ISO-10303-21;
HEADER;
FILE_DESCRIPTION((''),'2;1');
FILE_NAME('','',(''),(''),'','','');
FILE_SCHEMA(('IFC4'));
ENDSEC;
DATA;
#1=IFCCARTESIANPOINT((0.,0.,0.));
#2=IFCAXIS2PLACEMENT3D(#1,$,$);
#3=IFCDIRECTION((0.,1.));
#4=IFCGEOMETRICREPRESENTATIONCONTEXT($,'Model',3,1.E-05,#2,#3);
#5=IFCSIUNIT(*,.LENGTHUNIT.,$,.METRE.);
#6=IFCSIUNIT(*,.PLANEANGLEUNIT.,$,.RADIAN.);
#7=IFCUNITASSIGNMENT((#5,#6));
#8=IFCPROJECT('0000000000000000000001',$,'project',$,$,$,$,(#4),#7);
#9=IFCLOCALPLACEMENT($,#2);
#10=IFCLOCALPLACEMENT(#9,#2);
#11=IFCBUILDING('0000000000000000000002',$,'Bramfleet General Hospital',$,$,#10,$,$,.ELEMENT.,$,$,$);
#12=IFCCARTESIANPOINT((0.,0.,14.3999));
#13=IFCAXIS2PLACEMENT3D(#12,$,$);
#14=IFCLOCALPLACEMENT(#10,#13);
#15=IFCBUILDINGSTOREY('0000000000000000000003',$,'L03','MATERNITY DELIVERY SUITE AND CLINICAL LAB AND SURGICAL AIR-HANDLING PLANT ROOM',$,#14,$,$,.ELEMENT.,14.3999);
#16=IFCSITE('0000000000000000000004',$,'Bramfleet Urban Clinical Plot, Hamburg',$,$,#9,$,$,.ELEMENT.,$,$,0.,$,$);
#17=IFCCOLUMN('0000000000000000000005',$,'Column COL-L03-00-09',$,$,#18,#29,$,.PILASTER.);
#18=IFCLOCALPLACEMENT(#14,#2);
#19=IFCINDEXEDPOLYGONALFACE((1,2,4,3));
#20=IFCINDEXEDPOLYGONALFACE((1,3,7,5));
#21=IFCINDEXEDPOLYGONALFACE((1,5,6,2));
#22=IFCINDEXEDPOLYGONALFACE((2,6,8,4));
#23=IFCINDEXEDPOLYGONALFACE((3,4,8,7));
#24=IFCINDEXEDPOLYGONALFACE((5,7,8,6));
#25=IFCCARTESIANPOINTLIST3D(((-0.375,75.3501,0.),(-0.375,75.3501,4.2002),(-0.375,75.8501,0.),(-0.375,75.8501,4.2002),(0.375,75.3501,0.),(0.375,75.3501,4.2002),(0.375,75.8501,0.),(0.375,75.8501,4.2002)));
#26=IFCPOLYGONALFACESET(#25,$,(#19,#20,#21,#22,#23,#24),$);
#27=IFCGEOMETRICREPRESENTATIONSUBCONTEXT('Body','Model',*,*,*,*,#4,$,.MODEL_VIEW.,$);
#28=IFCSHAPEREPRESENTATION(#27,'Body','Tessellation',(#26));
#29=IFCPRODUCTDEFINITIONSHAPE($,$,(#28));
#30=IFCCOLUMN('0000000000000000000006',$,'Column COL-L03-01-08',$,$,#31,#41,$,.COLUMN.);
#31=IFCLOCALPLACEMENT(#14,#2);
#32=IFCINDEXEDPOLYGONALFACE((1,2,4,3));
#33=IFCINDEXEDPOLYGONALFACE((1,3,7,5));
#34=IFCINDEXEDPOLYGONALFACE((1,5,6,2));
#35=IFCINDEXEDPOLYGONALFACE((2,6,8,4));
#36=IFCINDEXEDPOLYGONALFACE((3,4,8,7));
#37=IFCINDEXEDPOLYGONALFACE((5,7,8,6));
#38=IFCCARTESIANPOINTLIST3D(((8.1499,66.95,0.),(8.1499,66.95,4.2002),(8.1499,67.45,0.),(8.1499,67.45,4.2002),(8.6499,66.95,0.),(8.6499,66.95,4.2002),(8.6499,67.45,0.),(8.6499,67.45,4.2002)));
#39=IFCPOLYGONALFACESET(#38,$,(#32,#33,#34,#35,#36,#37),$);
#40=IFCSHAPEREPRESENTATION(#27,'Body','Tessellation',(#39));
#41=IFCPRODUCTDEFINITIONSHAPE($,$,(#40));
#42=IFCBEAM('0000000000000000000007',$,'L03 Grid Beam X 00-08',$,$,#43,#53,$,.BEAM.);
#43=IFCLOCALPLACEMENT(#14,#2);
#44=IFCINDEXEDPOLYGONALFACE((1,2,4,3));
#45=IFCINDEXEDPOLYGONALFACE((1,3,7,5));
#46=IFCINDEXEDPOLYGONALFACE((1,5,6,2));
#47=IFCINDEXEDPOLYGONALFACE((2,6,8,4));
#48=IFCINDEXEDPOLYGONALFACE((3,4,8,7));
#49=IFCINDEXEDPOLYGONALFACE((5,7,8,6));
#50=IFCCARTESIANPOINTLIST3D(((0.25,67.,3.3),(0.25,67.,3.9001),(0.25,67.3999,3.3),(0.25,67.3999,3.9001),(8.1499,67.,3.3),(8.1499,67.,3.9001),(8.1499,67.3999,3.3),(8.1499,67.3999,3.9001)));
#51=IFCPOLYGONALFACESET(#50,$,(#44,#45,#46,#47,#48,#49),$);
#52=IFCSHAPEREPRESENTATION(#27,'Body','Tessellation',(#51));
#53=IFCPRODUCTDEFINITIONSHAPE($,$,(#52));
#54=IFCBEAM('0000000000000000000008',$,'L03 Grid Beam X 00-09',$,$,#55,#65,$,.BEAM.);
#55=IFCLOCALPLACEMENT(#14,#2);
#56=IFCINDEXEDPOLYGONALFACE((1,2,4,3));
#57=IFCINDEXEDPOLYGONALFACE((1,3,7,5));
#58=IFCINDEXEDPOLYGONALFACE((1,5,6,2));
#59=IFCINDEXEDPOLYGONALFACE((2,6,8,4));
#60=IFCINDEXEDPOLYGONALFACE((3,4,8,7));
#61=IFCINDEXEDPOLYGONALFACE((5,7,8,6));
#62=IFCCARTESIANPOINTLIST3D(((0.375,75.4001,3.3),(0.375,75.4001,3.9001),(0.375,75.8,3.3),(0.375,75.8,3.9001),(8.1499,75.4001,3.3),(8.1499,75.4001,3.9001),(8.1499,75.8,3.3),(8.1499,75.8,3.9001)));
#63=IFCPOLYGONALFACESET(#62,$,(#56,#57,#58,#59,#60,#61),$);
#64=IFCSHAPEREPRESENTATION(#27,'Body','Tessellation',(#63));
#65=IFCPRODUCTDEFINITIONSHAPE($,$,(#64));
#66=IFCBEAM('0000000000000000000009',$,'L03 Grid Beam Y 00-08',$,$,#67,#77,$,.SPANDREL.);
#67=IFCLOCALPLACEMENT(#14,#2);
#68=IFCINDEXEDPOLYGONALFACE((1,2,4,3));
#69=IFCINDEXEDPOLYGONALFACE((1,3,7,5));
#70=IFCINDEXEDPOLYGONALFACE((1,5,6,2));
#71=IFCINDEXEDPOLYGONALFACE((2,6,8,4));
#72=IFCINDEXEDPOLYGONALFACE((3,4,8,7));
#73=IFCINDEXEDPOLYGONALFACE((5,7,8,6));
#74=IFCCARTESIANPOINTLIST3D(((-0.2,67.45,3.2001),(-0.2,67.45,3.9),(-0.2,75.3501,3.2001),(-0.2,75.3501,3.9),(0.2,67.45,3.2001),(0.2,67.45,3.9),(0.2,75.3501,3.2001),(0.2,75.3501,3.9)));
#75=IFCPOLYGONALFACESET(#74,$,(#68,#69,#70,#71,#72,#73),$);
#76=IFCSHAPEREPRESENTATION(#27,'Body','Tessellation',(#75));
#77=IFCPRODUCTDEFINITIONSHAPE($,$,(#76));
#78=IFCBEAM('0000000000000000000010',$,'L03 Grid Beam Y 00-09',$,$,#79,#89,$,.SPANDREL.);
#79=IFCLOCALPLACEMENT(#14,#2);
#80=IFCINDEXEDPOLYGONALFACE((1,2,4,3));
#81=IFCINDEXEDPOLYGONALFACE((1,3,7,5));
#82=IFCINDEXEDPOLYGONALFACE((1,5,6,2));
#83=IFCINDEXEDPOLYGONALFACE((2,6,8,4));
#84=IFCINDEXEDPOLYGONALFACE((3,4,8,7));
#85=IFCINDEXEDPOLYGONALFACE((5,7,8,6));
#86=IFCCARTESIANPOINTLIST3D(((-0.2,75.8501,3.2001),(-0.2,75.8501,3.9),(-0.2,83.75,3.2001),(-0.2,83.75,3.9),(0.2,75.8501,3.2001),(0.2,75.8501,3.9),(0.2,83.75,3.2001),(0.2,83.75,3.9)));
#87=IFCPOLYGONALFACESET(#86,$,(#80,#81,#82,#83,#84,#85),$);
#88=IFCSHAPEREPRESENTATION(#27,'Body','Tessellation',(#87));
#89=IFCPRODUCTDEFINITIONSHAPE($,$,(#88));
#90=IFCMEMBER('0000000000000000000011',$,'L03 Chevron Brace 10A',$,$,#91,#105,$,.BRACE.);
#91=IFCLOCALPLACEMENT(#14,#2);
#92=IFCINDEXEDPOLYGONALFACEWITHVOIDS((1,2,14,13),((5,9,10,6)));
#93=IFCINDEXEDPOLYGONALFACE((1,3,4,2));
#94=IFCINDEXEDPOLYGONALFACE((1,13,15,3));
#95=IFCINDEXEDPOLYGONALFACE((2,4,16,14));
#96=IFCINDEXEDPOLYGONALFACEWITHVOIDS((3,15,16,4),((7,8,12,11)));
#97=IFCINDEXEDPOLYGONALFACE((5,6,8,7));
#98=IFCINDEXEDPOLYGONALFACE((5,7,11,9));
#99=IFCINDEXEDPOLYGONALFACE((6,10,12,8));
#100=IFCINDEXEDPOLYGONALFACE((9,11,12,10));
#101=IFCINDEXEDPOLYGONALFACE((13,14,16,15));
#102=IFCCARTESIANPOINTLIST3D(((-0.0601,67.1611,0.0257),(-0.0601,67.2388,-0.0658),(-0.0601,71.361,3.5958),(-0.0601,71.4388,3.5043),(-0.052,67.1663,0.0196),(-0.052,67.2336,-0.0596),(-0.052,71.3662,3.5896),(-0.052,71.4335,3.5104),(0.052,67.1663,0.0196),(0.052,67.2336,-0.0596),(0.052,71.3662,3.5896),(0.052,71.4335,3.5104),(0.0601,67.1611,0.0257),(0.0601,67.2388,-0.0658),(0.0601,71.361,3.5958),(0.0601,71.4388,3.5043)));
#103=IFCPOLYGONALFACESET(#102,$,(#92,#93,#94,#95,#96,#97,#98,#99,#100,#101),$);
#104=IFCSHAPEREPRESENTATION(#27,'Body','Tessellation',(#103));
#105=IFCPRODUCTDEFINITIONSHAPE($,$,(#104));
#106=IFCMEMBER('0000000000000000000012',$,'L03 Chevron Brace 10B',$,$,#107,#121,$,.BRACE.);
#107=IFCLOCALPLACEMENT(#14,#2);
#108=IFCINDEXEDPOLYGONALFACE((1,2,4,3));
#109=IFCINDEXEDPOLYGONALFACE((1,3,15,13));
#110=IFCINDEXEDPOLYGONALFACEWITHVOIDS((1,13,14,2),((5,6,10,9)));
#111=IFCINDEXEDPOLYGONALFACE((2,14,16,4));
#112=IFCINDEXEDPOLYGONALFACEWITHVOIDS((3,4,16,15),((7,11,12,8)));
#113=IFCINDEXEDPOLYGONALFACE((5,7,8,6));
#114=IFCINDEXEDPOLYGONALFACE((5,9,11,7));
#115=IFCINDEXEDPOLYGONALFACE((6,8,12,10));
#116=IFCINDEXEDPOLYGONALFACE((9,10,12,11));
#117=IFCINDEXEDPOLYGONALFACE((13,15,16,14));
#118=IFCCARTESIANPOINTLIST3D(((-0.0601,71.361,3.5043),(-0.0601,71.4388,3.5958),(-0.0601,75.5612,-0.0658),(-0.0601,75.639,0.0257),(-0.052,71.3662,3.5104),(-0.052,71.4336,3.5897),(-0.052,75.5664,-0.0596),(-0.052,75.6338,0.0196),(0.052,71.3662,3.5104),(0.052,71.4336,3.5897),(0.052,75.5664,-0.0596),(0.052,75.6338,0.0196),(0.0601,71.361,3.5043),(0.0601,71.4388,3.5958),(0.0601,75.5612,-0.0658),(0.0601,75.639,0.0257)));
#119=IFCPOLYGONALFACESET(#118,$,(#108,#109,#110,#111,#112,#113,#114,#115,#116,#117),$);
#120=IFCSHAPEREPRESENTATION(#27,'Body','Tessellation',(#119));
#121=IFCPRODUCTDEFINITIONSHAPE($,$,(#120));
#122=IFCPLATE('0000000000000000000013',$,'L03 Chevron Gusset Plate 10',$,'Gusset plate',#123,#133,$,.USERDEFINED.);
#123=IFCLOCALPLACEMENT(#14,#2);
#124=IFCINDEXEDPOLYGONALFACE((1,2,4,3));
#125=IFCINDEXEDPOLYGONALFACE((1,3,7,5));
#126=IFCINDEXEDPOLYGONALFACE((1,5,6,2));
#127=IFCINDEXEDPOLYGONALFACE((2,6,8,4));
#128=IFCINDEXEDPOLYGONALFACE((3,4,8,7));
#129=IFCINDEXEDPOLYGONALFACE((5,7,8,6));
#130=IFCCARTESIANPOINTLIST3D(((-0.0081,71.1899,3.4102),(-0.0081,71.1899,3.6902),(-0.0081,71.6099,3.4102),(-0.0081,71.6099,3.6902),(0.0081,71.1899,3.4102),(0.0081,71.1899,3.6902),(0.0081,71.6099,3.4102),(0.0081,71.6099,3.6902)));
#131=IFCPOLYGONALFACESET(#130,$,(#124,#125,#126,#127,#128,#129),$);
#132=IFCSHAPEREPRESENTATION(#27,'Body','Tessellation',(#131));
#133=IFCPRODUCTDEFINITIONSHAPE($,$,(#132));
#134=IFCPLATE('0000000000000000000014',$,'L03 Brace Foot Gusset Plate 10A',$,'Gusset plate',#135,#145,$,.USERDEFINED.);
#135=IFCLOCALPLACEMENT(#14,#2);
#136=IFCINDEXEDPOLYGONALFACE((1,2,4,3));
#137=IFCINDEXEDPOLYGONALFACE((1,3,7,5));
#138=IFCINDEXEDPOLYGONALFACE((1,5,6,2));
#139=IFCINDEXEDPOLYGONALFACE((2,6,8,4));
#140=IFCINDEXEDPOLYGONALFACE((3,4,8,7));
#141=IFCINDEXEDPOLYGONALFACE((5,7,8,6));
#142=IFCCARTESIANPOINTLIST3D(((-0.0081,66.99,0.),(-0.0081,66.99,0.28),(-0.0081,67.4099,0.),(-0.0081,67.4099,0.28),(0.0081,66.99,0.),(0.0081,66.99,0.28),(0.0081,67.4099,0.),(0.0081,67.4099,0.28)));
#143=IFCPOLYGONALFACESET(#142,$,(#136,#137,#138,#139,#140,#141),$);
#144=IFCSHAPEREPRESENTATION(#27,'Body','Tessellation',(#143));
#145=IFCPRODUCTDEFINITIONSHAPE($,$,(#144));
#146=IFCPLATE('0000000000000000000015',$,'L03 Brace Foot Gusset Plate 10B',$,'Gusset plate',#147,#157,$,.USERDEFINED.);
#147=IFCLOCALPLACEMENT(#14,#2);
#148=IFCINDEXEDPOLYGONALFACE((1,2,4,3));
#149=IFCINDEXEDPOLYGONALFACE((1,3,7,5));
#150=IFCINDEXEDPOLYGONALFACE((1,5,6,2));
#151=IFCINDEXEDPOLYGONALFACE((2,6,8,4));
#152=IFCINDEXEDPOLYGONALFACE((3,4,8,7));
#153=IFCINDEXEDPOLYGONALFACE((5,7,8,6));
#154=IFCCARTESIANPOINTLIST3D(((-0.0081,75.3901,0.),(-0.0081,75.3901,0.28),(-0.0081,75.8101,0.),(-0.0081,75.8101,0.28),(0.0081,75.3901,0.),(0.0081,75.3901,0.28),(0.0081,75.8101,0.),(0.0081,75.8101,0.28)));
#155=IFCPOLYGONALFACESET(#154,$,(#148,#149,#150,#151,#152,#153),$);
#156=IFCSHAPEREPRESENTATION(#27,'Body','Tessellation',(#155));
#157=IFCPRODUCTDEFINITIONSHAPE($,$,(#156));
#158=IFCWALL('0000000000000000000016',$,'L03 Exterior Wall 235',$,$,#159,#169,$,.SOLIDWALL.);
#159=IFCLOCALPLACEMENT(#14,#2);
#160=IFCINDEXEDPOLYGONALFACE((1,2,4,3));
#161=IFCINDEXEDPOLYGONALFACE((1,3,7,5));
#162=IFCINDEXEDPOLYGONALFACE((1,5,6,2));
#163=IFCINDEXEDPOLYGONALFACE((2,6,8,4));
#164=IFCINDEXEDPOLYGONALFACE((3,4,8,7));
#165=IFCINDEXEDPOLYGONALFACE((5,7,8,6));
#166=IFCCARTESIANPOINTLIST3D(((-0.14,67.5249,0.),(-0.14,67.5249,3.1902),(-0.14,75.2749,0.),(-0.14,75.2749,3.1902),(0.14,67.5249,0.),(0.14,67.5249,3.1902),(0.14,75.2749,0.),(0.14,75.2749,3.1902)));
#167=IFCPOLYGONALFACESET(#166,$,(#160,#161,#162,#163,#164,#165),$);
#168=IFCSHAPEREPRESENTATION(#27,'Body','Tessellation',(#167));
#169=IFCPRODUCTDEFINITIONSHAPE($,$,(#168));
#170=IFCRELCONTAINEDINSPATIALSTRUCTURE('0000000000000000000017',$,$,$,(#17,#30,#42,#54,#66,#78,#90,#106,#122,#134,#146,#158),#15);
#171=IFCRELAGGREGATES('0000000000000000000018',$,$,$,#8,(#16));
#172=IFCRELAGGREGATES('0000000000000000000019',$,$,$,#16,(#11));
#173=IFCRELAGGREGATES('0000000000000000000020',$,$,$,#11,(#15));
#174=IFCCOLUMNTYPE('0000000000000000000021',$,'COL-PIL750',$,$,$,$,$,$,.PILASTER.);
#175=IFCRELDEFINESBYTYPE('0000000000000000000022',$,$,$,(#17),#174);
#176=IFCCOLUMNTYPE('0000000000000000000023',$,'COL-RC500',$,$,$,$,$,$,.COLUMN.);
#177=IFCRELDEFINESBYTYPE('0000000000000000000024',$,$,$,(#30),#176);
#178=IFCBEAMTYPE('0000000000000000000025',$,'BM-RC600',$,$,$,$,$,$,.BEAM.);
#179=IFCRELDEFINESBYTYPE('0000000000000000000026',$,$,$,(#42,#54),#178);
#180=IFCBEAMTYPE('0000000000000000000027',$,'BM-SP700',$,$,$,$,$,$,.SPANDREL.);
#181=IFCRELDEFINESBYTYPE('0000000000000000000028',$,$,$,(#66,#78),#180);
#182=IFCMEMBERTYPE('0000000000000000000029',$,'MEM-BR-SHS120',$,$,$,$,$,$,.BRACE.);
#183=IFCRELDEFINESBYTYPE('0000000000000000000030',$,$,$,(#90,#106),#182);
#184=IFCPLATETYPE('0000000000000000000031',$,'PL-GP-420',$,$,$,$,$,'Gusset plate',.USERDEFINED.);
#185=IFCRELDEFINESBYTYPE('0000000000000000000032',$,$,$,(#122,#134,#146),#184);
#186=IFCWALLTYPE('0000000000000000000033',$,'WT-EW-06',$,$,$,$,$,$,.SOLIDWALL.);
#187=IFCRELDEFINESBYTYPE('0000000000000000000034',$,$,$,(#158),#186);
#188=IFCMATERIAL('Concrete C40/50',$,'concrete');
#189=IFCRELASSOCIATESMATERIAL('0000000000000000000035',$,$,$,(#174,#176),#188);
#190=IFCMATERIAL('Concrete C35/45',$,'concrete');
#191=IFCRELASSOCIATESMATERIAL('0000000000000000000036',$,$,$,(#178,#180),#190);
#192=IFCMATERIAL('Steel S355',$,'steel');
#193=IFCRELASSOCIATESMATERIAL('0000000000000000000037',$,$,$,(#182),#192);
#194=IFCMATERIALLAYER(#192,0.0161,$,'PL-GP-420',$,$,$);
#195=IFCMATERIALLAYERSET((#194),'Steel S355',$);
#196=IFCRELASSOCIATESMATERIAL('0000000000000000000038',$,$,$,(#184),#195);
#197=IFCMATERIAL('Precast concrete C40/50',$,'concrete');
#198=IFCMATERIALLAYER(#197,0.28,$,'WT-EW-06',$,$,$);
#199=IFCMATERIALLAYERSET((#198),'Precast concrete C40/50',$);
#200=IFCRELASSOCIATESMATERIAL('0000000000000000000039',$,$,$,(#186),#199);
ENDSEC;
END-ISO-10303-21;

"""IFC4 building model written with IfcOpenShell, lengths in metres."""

from ifc_helpers import new_model, si_unit, direction, frame, frame_2d, origin, origin_2d, place, context, subcontext, project, spatial, rectangle, hollow_rectangle, extrude, material, layer, layer_set, material_profile, profile_set, type_object, element, save


model = new_model("IFC4")

# Units and contexts
model_context = context("Model", 3, precision=1e-05, world=origin(), true_north=direction((0.0, 1.0)))
body_context = subcontext(model_context, "Body", "Model", "MODEL_VIEW")
ifc_project = project(units=[si_unit("LENGTHUNIT", "METRE"), si_unit("PLANEANGLEUNIT", "RADIAN")], contexts=[model_context])

# Site, building, storey
site_placement = place(None, origin())
site = spatial("IfcSite", under=ifc_project, at=site_placement, Name="Bramfleet Urban Clinical Plot, Hamburg", CompositionType="ELEMENT", RefElevation=0.0)
building_placement = place(site_placement, origin())
building = spatial("IfcBuilding", under=site, at=building_placement, Name="Bramfleet General Hospital", CompositionType="ELEMENT")
storey_placement = place(building_placement, frame((0.0, 0.0, 14.3999)))
storey = spatial("IfcBuildingStorey", under=building, at=storey_placement, Name="L03", Description="MATERNITY DELIVERY SUITE AND CLINICAL LAB AND SURGICAL AIR-HANDLING PLANT ROOM", CompositionType="ELEMENT", Elevation=14.3999)

# Columns
ifc_material_1 = material(Name="Concrete C40/50", Category="concrete")
ifc_material_profile_1 = material_profile(ifc_material_1, rectangle(XDim=0.5, YDim=0.75, at=origin_2d()), Name="RC PIL 750x500")
ifc_profile_set_1 = profile_set([ifc_material_profile_1], Name="Concrete C40/50")
column_type_1 = type_object("IfcColumnType", Name="COL-PIL750", PredefinedType="PILASTER", material=ifc_profile_set_1)
column_1_placement = place(storey_placement, frame((0.0, 75.6001, 0.0), z_axis=(0.0, 0.0, 1.0), x_axis=(0.0, 1.0, 0.0)))
element("IfcColumn", 1, at=column_1_placement, inside=storey, type_object=column_type_1, Name="Column COL-L03-00-09", PredefinedType="PILASTER", context=body_context, shape_type="SweptSolid", body=[
    extrude(rectangle(XDim=0.5, YDim=0.75, at=origin_2d()), origin(), (0.0, 0.0, 1.0), 4.2002),
])
ifc_material_profile_2 = material_profile(ifc_material_1, rectangle(XDim=0.5, YDim=0.5, at=origin_2d()), Name="RC COL 500x500")
ifc_profile_set_2 = profile_set([ifc_material_profile_2], Name="Concrete C40/50")
column_type_2 = type_object("IfcColumnType", Name="COL-RC500", PredefinedType="COLUMN", material=ifc_profile_set_2)
column_2_placement = place(storey_placement, frame((8.3999, 67.2, 0.0), z_axis=(0.0, 0.0, 1.0), x_axis=(1.0, 0.0, 0.0)))
element("IfcColumn", 2, at=column_2_placement, inside=storey, type_object=column_type_2, Name="Column COL-L03-01-08", PredefinedType="COLUMN", context=body_context, shape_type="SweptSolid", body=[
    extrude(rectangle(XDim=0.5, YDim=0.5, at=origin_2d()), origin(), (0.0, 0.0, 1.0), 4.2002),
])

# Beams
ifc_material_2 = material(Name="Concrete C35/45", Category="concrete")
ifc_material_profile_3 = material_profile(ifc_material_2, rectangle(XDim=0.3999, YDim=0.6001, at=origin_2d()), Name="RC BM 600x400")
ifc_profile_set_3 = profile_set([ifc_material_profile_3], Name="Concrete C35/45")
beam_type_1 = type_object("IfcBeamType", Name="BM-RC600", PredefinedType="BEAM", material=ifc_profile_set_3)
beam_1_placement = place(storey_placement, frame((0.25, 67.2, 3.6001), z_axis=(1.0, 0.0, 0.0), x_axis=(0.0, 1.0, 0.0)))
element("IfcBeam", 3, at=beam_1_placement, inside=storey, type_object=beam_type_1, Name="L03 Grid Beam X 00-08", PredefinedType="BEAM", context=body_context, shape_type="SweptSolid", body=[
    extrude(rectangle(XDim=0.3999, YDim=0.6001, at=origin_2d()), origin(), (0.0, 0.0, 1.0), 7.8999),
])
beam_2_placement = place(storey_placement, frame((0.375, 75.6001, 3.6001), z_axis=(1.0, 0.0, 0.0), x_axis=(0.0, 1.0, 0.0)))
element("IfcBeam", 4, at=beam_2_placement, inside=storey, type_object=beam_type_1, Name="L03 Grid Beam X 00-09", PredefinedType="BEAM", context=body_context, shape_type="SweptSolid", body=[
    extrude(rectangle(XDim=0.3999, YDim=0.6001, at=origin_2d()), origin(), (0.0, 0.0, 1.0), 7.7749),
])
ifc_material_profile_4 = material_profile(ifc_material_2, rectangle(XDim=0.3999, YDim=0.7, at=origin_2d()), Name="RC SP 700x400")
ifc_profile_set_4 = profile_set([ifc_material_profile_4], Name="Concrete C35/45")
beam_type_2 = type_object("IfcBeamType", Name="BM-SP700", PredefinedType="SPANDREL", material=ifc_profile_set_4)
beam_3_placement = place(storey_placement, frame((0.0, 67.45, 3.55), z_axis=(0.0, 1.0, 0.0), x_axis=(-1.0, 0.0, 0.0)))
element("IfcBeam", 5, at=beam_3_placement, inside=storey, type_object=beam_type_2, Name="L03 Grid Beam Y 00-08", PredefinedType="SPANDREL", context=body_context, shape_type="SweptSolid", body=[
    extrude(rectangle(XDim=0.3999, YDim=0.7, at=origin_2d()), origin(), (0.0, 0.0, 1.0), 7.9001),
])
beam_4_placement = place(storey_placement, frame((0.0, 75.8501, 3.55), z_axis=(0.0, 1.0, 0.0), x_axis=(-1.0, 0.0, 0.0)))
element("IfcBeam", 6, at=beam_4_placement, inside=storey, type_object=beam_type_2, Name="L03 Grid Beam Y 00-09", PredefinedType="SPANDREL", context=body_context, shape_type="SweptSolid", body=[
    extrude(rectangle(XDim=0.3999, YDim=0.7, at=origin_2d()), origin(), (0.0, 0.0, 1.0), 7.8999),
])

# Members
ifc_material_3 = material(Name="Steel S355", Category="steel")
ifc_material_profile_5 = material_profile(ifc_material_3, hollow_rectangle(XDim=0.1201, YDim=0.1201, WallThickness=0.0081, at=origin_2d()), Name="SHS 120x120x8.0")
ifc_profile_set_5 = profile_set([ifc_material_profile_5], Name="Steel S355")
member_type = type_object("IfcMemberType", Name="MEM-BR-SHS120", PredefinedType="BRACE", material=ifc_profile_set_5)
member_1_placement = place(storey_placement, frame((0.0, 67.2, -0.02), z_axis=(0.0, 0.761929, 0.64766), x_axis=(-1.0, 0.0, 0.0)))
element("IfcMember", 7, at=member_1_placement, inside=storey, type_object=member_type, Name="L03 Chevron Brace 10A", PredefinedType="BRACE", context=body_context, shape_type="SweptSolid", body=[
    extrude(hollow_rectangle(XDim=0.1201, YDim=0.1201, WallThickness=0.0081, at=origin_2d()), origin(), (0.0, 0.0, 1.0), 5.5122),
])
member_2_placement = place(storey_placement, frame((0.0, 75.6001, -0.02), z_axis=(0.0, -0.761948, 0.647638), x_axis=(1.0, 0.0, 0.0)))
element("IfcMember", 8, at=member_2_placement, inside=storey, type_object=member_type, Name="L03 Chevron Brace 10B", PredefinedType="BRACE", context=body_context, shape_type="SweptSolid", body=[
    extrude(hollow_rectangle(XDim=0.1201, YDim=0.1201, WallThickness=0.0081, at=origin_2d()), origin(), (0.0, 0.0, 1.0), 5.5125),
])

# Plates
ifc_layer_1 = layer(ifc_material_3, 0.0161, Name="PL-GP-420")
ifc_layer_set_1 = layer_set([ifc_layer_1], Name="Steel S355")
plate_type = type_object("IfcPlateType", Name="PL-GP-420", ElementType="Gusset plate", PredefinedType="USERDEFINED", material=ifc_layer_set_1)
for number, where, z_axis, x_axis, name in (
    (9, (0.0, 71.3999, 3.4102), (0.0, 0.0, 1.0), (1.0, 0.0, 0.0), "L03 Chevron Gusset Plate 10"),
    (10, (0.0, 67.2, 0.0), (0.0, 0.0, 1.0), (1.0, 0.0, 0.0), "L03 Brace Foot Gusset Plate 10A"),
    (11, (0.0, 75.6001, 0.0), (0.0, 0.0, 1.0), (1.0, 0.0, 0.0), "L03 Brace Foot Gusset Plate 10B"),
):
    element("IfcPlate", number, at=place(storey_placement, frame(where, z_axis=z_axis, x_axis=x_axis)), inside=storey, type_object=plate_type, Name=name, ObjectType="Gusset plate", PredefinedType="USERDEFINED", context=body_context, shape_type="SweptSolid", body=[
        extrude(rectangle(XDim=0.0161, YDim=0.4199, at=origin_2d()), origin(), (0.0, 0.0, 1.0), 0.28),
    ])

# Wall
ifc_material_4 = material(Name="Precast concrete C40/50", Category="concrete")
ifc_layer_2 = layer(ifc_material_4, 0.28, Name="WT-EW-06")
ifc_layer_set_2 = layer_set([ifc_layer_2], Name="Precast concrete C40/50")
wall_type_1 = type_object("IfcWallType", Name="WT-EW-06", PredefinedType="SOLIDWALL", material=ifc_layer_set_2)
wall_1_placement = place(storey_placement, frame((0.0, 67.5249, 0.0), z_axis=(0.0, 0.0, 1.0), x_axis=(0.0, 1.0, 0.0)))
element("IfcWall", 12, at=wall_1_placement, inside=storey, type_object=wall_type_1, Name="L03 Exterior Wall 235", PredefinedType="SOLIDWALL", context=body_context, shape_type="SweptSolid", body=[
    extrude(rectangle(XDim=7.75, YDim=0.28, at=frame_2d((3.875, 0.0))), origin(), (0.0, 0.0, 1.0), 3.1902),
])

save(model, "model.ifc")
